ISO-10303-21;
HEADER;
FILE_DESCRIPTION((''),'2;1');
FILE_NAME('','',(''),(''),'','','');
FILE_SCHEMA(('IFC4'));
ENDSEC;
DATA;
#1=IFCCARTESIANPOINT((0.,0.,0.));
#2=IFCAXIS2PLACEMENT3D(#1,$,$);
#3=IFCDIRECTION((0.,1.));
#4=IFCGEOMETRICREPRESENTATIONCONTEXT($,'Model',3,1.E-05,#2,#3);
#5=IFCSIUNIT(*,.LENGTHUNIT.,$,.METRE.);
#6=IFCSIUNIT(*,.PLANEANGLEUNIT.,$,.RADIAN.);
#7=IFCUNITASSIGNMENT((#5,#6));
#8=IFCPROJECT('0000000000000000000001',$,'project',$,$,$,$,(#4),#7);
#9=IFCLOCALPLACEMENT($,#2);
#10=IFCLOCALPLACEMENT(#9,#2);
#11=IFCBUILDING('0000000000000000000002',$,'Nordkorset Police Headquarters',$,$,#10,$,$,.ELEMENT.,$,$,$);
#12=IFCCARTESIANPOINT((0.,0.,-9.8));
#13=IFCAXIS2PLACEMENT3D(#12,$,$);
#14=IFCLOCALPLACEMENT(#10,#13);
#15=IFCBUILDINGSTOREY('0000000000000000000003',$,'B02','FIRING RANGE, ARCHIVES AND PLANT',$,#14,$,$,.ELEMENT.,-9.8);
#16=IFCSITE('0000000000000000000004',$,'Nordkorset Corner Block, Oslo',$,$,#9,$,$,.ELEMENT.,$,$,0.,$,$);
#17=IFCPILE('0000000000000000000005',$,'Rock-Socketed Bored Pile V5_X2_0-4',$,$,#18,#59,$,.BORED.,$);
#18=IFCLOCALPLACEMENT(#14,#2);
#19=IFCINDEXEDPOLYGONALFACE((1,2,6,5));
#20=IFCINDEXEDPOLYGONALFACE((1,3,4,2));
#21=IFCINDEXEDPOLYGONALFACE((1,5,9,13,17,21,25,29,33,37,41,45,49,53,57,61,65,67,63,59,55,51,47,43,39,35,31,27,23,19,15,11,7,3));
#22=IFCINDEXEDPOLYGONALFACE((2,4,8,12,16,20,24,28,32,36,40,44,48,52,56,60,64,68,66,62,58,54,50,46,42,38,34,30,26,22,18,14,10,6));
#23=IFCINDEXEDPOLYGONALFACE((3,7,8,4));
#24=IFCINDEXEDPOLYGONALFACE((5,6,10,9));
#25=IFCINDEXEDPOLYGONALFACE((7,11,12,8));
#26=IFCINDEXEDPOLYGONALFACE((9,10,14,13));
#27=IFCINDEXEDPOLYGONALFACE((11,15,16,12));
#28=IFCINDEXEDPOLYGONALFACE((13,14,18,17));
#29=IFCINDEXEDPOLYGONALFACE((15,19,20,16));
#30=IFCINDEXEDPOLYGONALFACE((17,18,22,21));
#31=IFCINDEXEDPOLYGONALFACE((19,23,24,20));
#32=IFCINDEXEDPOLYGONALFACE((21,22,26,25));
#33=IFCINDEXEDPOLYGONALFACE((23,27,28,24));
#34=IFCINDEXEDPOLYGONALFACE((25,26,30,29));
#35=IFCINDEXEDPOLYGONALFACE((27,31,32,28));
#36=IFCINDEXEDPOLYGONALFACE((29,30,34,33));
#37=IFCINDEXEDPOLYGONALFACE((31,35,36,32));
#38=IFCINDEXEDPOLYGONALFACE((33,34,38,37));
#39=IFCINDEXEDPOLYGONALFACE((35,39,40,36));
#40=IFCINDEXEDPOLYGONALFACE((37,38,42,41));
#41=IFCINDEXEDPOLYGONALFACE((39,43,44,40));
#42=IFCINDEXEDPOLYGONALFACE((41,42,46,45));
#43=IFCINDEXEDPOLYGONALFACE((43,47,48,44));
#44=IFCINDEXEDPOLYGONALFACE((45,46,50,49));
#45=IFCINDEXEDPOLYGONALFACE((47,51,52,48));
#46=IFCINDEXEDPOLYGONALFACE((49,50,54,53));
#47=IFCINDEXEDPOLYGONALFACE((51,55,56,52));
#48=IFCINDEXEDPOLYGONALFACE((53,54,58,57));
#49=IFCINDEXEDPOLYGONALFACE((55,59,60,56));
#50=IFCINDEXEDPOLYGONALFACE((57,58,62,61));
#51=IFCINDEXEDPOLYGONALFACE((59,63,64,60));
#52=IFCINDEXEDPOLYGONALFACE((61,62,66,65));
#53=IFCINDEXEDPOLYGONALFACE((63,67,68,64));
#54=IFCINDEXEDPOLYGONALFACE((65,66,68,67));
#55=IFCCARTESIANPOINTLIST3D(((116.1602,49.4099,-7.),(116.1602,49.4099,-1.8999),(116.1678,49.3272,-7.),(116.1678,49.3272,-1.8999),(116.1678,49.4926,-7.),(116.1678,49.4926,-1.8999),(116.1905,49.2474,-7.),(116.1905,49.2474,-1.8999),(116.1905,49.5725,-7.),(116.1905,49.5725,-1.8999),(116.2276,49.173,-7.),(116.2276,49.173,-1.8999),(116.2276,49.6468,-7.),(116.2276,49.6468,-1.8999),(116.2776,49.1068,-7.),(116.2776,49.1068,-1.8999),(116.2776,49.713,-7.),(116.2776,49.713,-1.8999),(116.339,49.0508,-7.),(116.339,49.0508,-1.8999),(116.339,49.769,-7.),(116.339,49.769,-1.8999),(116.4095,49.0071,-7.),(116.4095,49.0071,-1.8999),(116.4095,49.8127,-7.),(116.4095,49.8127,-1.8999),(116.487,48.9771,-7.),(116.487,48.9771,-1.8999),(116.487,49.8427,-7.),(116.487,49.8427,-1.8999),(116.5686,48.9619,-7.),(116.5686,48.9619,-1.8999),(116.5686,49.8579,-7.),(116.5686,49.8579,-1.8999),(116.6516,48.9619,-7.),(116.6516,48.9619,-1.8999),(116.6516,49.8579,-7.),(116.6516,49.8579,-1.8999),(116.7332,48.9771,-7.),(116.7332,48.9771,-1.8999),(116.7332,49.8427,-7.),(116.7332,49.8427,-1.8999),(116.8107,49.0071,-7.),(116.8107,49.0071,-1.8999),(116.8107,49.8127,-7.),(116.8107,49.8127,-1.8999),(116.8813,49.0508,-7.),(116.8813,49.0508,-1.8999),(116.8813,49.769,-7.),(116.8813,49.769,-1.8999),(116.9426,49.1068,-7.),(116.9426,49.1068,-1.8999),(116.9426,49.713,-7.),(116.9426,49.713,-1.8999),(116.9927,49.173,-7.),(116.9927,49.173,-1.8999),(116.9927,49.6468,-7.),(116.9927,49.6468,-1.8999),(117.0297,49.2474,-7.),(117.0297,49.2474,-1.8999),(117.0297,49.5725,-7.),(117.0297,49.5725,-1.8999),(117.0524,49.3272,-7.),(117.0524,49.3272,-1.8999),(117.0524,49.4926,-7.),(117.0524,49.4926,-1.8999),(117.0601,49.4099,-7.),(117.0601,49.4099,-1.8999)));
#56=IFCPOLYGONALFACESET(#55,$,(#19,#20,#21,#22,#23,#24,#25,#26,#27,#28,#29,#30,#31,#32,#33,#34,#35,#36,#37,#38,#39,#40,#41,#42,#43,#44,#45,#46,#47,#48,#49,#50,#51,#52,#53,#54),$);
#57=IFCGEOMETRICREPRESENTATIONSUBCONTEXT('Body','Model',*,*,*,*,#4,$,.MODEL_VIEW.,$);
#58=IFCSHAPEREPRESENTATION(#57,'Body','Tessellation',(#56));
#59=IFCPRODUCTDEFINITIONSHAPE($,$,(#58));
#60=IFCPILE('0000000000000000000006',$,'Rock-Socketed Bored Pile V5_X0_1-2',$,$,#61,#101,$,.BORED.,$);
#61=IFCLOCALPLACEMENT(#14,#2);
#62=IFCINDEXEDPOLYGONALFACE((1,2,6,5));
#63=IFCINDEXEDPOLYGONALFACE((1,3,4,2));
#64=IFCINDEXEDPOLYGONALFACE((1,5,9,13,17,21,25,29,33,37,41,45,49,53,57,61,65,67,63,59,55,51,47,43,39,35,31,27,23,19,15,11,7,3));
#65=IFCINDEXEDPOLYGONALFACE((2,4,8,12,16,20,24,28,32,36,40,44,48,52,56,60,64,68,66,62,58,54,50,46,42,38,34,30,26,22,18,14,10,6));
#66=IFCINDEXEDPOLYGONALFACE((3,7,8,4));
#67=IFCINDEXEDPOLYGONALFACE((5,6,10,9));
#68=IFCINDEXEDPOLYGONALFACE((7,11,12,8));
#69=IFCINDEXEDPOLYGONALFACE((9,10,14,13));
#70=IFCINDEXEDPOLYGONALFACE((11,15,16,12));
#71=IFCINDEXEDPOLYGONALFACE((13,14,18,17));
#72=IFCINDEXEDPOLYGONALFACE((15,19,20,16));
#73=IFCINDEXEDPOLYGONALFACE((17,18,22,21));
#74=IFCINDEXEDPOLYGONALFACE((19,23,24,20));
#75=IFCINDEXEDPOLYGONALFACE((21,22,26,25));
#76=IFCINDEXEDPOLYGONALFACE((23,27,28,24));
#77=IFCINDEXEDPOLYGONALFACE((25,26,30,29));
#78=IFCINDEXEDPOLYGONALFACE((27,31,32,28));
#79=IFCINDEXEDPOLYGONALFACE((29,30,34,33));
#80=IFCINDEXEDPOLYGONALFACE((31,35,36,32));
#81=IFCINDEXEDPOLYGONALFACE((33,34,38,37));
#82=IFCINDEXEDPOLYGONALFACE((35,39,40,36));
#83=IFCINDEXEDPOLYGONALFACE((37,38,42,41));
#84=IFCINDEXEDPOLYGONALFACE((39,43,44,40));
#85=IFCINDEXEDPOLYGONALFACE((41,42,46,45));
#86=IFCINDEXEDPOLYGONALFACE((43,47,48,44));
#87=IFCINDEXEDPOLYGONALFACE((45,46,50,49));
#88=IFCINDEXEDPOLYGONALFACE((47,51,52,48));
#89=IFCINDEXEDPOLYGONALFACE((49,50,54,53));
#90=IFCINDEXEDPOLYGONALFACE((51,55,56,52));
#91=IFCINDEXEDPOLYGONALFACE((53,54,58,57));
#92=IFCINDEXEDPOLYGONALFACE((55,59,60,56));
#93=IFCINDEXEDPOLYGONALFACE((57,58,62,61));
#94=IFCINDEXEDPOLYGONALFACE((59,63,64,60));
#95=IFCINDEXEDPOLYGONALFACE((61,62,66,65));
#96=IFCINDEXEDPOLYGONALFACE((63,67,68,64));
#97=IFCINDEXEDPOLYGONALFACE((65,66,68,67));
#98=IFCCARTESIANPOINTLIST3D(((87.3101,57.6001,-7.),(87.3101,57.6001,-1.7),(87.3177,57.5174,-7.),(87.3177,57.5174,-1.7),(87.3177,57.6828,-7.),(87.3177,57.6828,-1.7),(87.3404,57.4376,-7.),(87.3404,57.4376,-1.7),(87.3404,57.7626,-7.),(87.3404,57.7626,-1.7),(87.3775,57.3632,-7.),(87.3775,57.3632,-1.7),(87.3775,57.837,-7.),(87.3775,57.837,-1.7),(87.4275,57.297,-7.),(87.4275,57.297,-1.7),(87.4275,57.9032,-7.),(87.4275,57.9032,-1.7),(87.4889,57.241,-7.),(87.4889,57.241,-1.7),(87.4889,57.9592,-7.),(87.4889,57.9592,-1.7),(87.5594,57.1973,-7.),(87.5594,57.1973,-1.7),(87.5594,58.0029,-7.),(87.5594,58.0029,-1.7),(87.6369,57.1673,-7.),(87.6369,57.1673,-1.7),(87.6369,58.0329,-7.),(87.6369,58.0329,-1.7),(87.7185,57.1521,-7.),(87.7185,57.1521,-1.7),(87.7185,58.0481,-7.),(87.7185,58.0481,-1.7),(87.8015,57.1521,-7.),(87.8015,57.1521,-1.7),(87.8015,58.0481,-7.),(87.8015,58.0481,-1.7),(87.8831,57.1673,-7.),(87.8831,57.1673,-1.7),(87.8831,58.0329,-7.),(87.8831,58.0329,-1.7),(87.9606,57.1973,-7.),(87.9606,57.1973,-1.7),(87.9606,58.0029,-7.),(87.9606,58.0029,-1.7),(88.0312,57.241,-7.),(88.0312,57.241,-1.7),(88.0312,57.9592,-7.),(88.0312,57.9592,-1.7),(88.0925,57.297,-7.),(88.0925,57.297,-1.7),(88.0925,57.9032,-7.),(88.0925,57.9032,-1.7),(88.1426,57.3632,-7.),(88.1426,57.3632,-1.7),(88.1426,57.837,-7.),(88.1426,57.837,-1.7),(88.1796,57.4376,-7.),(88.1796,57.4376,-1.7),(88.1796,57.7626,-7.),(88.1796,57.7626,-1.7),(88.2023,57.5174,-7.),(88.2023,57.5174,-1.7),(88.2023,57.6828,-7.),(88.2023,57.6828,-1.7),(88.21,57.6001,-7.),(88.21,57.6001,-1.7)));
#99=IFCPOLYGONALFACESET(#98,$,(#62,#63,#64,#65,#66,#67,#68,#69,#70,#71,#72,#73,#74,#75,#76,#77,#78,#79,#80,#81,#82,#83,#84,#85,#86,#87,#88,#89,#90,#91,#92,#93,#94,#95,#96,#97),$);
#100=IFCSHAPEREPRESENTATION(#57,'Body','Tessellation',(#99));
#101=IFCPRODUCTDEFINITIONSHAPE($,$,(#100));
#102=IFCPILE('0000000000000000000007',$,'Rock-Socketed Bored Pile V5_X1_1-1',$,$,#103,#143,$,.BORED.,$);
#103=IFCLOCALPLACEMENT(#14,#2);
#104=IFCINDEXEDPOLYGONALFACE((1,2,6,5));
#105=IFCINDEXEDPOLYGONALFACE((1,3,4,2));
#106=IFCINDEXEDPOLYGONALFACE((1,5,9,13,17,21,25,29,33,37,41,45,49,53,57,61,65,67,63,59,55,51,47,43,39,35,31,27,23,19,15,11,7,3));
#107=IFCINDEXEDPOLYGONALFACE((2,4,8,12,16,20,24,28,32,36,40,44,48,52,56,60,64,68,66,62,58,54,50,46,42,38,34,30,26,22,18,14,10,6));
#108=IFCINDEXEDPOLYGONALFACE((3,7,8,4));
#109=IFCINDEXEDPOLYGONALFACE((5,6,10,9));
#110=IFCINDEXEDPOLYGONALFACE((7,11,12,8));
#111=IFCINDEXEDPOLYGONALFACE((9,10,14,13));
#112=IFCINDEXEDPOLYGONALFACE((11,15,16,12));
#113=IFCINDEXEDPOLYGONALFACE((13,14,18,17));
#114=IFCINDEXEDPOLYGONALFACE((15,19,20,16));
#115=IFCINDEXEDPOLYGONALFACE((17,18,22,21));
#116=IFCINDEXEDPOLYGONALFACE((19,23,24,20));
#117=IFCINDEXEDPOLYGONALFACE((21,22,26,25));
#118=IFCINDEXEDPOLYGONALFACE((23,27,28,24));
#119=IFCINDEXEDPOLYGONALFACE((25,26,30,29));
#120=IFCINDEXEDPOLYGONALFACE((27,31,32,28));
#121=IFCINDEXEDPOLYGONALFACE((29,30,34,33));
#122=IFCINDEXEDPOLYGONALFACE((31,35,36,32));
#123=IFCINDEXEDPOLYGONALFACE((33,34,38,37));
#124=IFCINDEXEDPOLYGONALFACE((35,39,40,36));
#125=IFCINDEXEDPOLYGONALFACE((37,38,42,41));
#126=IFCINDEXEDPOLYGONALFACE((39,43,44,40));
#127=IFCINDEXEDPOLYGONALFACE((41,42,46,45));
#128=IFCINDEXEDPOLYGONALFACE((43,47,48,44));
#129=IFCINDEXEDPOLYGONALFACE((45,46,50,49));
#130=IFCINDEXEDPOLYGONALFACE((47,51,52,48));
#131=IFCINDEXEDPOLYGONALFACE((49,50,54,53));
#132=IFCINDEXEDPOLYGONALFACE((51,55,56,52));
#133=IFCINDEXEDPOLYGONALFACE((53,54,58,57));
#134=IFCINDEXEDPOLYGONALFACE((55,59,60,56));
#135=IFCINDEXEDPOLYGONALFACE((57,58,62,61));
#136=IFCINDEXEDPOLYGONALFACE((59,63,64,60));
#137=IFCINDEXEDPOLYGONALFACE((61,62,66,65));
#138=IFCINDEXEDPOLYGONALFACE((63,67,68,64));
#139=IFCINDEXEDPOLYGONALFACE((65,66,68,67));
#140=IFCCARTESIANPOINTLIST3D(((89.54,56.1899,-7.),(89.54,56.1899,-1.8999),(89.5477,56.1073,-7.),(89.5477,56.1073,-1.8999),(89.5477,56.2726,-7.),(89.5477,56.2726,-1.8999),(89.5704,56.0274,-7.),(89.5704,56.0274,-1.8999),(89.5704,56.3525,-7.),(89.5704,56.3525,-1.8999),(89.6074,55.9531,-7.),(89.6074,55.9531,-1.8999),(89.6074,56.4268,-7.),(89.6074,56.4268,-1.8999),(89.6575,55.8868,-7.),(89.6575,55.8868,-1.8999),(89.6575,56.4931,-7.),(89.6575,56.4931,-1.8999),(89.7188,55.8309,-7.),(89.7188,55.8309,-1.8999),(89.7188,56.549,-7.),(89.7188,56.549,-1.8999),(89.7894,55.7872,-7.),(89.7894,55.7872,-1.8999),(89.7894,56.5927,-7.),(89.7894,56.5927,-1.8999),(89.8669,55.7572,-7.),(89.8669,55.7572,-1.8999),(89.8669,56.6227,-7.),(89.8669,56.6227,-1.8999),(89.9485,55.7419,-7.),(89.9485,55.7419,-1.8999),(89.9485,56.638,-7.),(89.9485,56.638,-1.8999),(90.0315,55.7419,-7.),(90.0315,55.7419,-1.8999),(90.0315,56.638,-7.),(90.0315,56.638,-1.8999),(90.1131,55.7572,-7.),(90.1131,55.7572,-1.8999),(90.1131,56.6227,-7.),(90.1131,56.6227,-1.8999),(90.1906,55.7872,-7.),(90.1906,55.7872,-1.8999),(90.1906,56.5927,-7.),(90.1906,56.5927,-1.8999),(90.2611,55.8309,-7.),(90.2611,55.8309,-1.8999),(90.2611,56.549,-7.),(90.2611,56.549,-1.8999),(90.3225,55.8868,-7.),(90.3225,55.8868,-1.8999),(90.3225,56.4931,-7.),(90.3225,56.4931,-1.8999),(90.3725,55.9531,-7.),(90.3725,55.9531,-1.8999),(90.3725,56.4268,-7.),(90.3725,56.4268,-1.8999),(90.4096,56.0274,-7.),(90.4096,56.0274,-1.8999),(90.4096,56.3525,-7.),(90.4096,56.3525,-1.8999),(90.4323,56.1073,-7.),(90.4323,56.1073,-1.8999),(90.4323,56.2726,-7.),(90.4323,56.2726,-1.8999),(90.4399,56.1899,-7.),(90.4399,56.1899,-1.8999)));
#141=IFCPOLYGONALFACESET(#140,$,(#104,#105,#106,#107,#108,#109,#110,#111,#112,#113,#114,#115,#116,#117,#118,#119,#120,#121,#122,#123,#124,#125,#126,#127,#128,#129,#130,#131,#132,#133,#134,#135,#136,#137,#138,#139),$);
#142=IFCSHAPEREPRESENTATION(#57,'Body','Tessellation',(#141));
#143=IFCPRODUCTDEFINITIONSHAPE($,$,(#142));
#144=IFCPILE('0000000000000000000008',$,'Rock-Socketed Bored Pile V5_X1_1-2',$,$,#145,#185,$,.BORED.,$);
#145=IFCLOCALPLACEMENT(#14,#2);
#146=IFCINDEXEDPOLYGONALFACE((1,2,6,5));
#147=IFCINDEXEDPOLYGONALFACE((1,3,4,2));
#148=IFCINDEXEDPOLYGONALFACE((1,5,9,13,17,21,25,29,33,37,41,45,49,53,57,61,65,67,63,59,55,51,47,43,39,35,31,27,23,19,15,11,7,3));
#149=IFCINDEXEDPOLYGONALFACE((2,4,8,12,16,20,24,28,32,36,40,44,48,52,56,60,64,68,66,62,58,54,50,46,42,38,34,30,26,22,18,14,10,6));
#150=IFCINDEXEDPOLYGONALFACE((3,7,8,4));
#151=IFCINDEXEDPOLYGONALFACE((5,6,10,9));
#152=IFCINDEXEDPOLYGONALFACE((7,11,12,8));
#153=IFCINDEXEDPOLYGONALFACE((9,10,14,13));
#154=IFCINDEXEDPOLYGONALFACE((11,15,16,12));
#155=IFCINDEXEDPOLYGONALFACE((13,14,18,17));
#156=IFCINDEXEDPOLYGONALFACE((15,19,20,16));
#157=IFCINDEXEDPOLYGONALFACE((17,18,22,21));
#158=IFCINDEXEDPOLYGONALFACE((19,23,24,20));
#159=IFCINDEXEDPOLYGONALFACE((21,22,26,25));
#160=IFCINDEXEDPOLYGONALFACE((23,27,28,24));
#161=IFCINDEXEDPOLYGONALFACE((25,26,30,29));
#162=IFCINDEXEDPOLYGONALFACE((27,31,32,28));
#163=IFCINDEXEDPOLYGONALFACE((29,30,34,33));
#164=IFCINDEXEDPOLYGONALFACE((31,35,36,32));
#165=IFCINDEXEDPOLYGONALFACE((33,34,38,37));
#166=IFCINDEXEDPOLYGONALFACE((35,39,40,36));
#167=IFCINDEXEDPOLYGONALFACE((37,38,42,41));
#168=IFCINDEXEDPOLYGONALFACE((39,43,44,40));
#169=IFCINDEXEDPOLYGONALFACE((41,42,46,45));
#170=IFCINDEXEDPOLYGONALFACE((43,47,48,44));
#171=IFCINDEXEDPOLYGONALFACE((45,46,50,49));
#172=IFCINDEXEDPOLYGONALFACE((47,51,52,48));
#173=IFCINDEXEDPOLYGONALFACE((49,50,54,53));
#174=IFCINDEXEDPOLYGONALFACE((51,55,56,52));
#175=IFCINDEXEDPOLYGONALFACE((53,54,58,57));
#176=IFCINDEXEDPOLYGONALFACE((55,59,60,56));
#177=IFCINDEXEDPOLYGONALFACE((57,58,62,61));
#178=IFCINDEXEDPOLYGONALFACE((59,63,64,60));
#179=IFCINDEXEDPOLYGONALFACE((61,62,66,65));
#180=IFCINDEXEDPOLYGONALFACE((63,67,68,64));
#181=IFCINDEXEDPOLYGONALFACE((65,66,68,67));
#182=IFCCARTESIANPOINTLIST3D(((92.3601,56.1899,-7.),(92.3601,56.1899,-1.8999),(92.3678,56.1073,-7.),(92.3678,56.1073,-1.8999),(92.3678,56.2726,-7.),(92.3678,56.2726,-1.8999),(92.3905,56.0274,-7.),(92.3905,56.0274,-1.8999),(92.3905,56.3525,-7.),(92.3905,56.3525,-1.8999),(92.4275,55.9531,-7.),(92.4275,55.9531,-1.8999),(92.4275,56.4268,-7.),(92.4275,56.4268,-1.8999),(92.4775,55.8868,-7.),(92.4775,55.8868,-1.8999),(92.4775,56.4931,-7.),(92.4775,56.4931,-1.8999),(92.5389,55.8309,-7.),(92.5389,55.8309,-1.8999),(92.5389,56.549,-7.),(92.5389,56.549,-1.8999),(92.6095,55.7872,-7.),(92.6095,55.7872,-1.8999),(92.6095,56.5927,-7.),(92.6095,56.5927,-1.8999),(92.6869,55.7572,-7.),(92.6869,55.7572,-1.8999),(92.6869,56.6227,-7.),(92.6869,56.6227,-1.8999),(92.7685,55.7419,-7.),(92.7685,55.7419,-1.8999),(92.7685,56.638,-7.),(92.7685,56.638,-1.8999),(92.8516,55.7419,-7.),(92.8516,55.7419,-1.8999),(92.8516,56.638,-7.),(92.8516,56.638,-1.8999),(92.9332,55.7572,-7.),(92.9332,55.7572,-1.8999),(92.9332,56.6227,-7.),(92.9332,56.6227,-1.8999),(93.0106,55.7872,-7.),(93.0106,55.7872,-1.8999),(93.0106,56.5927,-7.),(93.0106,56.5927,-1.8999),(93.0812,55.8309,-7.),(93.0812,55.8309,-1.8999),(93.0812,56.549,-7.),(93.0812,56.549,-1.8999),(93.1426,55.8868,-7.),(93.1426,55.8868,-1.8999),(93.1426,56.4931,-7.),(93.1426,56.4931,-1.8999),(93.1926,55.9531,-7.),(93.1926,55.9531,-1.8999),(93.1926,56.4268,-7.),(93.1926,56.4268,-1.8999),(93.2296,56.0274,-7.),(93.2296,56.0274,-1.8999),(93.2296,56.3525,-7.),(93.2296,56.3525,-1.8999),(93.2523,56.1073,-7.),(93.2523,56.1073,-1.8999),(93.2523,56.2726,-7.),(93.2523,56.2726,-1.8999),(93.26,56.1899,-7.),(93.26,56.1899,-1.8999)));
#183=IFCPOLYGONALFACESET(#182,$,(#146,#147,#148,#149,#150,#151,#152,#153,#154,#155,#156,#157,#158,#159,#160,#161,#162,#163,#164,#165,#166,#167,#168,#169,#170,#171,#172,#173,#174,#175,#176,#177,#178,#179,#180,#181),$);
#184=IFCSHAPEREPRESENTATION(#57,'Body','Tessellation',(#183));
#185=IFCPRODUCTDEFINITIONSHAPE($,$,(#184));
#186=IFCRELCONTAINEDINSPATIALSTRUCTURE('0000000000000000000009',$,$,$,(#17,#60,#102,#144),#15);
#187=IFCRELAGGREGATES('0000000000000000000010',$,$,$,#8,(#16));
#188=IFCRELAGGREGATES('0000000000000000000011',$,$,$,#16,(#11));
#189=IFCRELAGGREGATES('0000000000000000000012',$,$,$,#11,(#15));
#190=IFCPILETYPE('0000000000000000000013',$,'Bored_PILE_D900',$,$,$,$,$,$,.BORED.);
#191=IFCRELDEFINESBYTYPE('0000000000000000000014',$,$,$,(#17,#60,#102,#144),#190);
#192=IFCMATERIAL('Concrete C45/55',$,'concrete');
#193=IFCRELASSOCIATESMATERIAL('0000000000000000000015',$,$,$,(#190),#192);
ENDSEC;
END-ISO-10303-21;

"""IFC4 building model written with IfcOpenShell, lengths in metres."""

from ifc_helpers import new_model, si_unit, direction, frame, origin, origin_2d, place, context, subcontext, project, spatial, circle, extrude, material, material_profile, profile_set, type_object, element, save


model = new_model("IFC4")

# Units and contexts
model_context = context("Model", 3, precision=1e-05, world=origin(), true_north=direction((0.0, 1.0)))
body_context = subcontext(model_context, "Body", "Model", "MODEL_VIEW")
ifc_project = project(units=[si_unit("LENGTHUNIT", "METRE"), si_unit("PLANEANGLEUNIT", "RADIAN")], contexts=[model_context])

# Site, building, storey
site_placement = place(None, origin())
site = spatial("IfcSite", under=ifc_project, at=site_placement, Name="Nordkorset Corner Block, Oslo", CompositionType="ELEMENT", RefElevation=0.0)
building_placement = place(site_placement, origin())
building = spatial("IfcBuilding", under=site, at=building_placement, Name="Nordkorset Police Headquarters", CompositionType="ELEMENT")
storey_placement = place(building_placement, frame((0.0, 0.0, -9.8)))
storey = spatial("IfcBuildingStorey", under=building, at=storey_placement, Name="B02", Description="FIRING RANGE, ARCHIVES AND PLANT", CompositionType="ELEMENT", Elevation=-9.8)

# Piles
ifc_material_1 = material(Name="Concrete C45/55", Category="concrete")
ifc_material_profile_1 = material_profile(ifc_material_1, circle(Radius=0.45, at=origin_2d()), Name="PILE D900")
ifc_profile_set_1 = profile_set([ifc_material_profile_1], Name="Concrete C45/55")
pile_type = type_object("IfcPileType", Name="Bored_PILE_D900", PredefinedType="BORED", material=ifc_profile_set_1)
for number, where, z_axis, x_axis, name in (
    (1, (116.6101, 49.4099, -1.8999), (0.0, 0.0, -1.0), (1.0, 0.0, 0.0), "Rock-Socketed Bored Pile V5_X2_0-4"),
):
    element("IfcPile", number, at=place(storey_placement, frame(where, z_axis=z_axis, x_axis=x_axis)), inside=storey, type_object=pile_type, Name=name, PredefinedType="BORED", context=body_context, shape_type="SweptSolid", body=[
        extrude(circle(Radius=0.45, at=origin_2d()), origin(), (0.0, 0.0, 1.0), 5.1001),
    ])
pile_1_placement = place(storey_placement, frame((87.76, 57.6001, -1.7), z_axis=(0.0, 0.0, -1.0), x_axis=(1.0, 0.0, 0.0)))
element("IfcPile", 2, at=pile_1_placement, inside=storey, type_object=pile_type, Name="Rock-Socketed Bored Pile V5_X0_1-2", PredefinedType="BORED", context=body_context, shape_type="SweptSolid", body=[
    extrude(circle(Radius=0.45, at=origin_2d()), origin(), (0.0, 0.0, 1.0), 5.3),
])
for number, where, z_axis, x_axis, name in (
    (3, (89.99, 56.1899, -1.8999), (0.0, 0.0, -1.0), (1.0, 0.0, 0.0), "Rock-Socketed Bored Pile V5_X1_1-1"),
    (4, (92.8101, 56.1899, -1.8999), (0.0, 0.0, -1.0), (1.0, 0.0, 0.0), "Rock-Socketed Bored Pile V5_X1_1-2"),
):
    element("IfcPile", number, at=place(storey_placement, frame(where, z_axis=z_axis, x_axis=x_axis)), inside=storey, type_object=pile_type, Name=name, PredefinedType="BORED", context=body_context, shape_type="SweptSolid", body=[
        extrude(circle(Radius=0.45, at=origin_2d()), origin(), (0.0, 0.0, 1.0), 5.1001),
    ])

save(model, "model.ifc")
